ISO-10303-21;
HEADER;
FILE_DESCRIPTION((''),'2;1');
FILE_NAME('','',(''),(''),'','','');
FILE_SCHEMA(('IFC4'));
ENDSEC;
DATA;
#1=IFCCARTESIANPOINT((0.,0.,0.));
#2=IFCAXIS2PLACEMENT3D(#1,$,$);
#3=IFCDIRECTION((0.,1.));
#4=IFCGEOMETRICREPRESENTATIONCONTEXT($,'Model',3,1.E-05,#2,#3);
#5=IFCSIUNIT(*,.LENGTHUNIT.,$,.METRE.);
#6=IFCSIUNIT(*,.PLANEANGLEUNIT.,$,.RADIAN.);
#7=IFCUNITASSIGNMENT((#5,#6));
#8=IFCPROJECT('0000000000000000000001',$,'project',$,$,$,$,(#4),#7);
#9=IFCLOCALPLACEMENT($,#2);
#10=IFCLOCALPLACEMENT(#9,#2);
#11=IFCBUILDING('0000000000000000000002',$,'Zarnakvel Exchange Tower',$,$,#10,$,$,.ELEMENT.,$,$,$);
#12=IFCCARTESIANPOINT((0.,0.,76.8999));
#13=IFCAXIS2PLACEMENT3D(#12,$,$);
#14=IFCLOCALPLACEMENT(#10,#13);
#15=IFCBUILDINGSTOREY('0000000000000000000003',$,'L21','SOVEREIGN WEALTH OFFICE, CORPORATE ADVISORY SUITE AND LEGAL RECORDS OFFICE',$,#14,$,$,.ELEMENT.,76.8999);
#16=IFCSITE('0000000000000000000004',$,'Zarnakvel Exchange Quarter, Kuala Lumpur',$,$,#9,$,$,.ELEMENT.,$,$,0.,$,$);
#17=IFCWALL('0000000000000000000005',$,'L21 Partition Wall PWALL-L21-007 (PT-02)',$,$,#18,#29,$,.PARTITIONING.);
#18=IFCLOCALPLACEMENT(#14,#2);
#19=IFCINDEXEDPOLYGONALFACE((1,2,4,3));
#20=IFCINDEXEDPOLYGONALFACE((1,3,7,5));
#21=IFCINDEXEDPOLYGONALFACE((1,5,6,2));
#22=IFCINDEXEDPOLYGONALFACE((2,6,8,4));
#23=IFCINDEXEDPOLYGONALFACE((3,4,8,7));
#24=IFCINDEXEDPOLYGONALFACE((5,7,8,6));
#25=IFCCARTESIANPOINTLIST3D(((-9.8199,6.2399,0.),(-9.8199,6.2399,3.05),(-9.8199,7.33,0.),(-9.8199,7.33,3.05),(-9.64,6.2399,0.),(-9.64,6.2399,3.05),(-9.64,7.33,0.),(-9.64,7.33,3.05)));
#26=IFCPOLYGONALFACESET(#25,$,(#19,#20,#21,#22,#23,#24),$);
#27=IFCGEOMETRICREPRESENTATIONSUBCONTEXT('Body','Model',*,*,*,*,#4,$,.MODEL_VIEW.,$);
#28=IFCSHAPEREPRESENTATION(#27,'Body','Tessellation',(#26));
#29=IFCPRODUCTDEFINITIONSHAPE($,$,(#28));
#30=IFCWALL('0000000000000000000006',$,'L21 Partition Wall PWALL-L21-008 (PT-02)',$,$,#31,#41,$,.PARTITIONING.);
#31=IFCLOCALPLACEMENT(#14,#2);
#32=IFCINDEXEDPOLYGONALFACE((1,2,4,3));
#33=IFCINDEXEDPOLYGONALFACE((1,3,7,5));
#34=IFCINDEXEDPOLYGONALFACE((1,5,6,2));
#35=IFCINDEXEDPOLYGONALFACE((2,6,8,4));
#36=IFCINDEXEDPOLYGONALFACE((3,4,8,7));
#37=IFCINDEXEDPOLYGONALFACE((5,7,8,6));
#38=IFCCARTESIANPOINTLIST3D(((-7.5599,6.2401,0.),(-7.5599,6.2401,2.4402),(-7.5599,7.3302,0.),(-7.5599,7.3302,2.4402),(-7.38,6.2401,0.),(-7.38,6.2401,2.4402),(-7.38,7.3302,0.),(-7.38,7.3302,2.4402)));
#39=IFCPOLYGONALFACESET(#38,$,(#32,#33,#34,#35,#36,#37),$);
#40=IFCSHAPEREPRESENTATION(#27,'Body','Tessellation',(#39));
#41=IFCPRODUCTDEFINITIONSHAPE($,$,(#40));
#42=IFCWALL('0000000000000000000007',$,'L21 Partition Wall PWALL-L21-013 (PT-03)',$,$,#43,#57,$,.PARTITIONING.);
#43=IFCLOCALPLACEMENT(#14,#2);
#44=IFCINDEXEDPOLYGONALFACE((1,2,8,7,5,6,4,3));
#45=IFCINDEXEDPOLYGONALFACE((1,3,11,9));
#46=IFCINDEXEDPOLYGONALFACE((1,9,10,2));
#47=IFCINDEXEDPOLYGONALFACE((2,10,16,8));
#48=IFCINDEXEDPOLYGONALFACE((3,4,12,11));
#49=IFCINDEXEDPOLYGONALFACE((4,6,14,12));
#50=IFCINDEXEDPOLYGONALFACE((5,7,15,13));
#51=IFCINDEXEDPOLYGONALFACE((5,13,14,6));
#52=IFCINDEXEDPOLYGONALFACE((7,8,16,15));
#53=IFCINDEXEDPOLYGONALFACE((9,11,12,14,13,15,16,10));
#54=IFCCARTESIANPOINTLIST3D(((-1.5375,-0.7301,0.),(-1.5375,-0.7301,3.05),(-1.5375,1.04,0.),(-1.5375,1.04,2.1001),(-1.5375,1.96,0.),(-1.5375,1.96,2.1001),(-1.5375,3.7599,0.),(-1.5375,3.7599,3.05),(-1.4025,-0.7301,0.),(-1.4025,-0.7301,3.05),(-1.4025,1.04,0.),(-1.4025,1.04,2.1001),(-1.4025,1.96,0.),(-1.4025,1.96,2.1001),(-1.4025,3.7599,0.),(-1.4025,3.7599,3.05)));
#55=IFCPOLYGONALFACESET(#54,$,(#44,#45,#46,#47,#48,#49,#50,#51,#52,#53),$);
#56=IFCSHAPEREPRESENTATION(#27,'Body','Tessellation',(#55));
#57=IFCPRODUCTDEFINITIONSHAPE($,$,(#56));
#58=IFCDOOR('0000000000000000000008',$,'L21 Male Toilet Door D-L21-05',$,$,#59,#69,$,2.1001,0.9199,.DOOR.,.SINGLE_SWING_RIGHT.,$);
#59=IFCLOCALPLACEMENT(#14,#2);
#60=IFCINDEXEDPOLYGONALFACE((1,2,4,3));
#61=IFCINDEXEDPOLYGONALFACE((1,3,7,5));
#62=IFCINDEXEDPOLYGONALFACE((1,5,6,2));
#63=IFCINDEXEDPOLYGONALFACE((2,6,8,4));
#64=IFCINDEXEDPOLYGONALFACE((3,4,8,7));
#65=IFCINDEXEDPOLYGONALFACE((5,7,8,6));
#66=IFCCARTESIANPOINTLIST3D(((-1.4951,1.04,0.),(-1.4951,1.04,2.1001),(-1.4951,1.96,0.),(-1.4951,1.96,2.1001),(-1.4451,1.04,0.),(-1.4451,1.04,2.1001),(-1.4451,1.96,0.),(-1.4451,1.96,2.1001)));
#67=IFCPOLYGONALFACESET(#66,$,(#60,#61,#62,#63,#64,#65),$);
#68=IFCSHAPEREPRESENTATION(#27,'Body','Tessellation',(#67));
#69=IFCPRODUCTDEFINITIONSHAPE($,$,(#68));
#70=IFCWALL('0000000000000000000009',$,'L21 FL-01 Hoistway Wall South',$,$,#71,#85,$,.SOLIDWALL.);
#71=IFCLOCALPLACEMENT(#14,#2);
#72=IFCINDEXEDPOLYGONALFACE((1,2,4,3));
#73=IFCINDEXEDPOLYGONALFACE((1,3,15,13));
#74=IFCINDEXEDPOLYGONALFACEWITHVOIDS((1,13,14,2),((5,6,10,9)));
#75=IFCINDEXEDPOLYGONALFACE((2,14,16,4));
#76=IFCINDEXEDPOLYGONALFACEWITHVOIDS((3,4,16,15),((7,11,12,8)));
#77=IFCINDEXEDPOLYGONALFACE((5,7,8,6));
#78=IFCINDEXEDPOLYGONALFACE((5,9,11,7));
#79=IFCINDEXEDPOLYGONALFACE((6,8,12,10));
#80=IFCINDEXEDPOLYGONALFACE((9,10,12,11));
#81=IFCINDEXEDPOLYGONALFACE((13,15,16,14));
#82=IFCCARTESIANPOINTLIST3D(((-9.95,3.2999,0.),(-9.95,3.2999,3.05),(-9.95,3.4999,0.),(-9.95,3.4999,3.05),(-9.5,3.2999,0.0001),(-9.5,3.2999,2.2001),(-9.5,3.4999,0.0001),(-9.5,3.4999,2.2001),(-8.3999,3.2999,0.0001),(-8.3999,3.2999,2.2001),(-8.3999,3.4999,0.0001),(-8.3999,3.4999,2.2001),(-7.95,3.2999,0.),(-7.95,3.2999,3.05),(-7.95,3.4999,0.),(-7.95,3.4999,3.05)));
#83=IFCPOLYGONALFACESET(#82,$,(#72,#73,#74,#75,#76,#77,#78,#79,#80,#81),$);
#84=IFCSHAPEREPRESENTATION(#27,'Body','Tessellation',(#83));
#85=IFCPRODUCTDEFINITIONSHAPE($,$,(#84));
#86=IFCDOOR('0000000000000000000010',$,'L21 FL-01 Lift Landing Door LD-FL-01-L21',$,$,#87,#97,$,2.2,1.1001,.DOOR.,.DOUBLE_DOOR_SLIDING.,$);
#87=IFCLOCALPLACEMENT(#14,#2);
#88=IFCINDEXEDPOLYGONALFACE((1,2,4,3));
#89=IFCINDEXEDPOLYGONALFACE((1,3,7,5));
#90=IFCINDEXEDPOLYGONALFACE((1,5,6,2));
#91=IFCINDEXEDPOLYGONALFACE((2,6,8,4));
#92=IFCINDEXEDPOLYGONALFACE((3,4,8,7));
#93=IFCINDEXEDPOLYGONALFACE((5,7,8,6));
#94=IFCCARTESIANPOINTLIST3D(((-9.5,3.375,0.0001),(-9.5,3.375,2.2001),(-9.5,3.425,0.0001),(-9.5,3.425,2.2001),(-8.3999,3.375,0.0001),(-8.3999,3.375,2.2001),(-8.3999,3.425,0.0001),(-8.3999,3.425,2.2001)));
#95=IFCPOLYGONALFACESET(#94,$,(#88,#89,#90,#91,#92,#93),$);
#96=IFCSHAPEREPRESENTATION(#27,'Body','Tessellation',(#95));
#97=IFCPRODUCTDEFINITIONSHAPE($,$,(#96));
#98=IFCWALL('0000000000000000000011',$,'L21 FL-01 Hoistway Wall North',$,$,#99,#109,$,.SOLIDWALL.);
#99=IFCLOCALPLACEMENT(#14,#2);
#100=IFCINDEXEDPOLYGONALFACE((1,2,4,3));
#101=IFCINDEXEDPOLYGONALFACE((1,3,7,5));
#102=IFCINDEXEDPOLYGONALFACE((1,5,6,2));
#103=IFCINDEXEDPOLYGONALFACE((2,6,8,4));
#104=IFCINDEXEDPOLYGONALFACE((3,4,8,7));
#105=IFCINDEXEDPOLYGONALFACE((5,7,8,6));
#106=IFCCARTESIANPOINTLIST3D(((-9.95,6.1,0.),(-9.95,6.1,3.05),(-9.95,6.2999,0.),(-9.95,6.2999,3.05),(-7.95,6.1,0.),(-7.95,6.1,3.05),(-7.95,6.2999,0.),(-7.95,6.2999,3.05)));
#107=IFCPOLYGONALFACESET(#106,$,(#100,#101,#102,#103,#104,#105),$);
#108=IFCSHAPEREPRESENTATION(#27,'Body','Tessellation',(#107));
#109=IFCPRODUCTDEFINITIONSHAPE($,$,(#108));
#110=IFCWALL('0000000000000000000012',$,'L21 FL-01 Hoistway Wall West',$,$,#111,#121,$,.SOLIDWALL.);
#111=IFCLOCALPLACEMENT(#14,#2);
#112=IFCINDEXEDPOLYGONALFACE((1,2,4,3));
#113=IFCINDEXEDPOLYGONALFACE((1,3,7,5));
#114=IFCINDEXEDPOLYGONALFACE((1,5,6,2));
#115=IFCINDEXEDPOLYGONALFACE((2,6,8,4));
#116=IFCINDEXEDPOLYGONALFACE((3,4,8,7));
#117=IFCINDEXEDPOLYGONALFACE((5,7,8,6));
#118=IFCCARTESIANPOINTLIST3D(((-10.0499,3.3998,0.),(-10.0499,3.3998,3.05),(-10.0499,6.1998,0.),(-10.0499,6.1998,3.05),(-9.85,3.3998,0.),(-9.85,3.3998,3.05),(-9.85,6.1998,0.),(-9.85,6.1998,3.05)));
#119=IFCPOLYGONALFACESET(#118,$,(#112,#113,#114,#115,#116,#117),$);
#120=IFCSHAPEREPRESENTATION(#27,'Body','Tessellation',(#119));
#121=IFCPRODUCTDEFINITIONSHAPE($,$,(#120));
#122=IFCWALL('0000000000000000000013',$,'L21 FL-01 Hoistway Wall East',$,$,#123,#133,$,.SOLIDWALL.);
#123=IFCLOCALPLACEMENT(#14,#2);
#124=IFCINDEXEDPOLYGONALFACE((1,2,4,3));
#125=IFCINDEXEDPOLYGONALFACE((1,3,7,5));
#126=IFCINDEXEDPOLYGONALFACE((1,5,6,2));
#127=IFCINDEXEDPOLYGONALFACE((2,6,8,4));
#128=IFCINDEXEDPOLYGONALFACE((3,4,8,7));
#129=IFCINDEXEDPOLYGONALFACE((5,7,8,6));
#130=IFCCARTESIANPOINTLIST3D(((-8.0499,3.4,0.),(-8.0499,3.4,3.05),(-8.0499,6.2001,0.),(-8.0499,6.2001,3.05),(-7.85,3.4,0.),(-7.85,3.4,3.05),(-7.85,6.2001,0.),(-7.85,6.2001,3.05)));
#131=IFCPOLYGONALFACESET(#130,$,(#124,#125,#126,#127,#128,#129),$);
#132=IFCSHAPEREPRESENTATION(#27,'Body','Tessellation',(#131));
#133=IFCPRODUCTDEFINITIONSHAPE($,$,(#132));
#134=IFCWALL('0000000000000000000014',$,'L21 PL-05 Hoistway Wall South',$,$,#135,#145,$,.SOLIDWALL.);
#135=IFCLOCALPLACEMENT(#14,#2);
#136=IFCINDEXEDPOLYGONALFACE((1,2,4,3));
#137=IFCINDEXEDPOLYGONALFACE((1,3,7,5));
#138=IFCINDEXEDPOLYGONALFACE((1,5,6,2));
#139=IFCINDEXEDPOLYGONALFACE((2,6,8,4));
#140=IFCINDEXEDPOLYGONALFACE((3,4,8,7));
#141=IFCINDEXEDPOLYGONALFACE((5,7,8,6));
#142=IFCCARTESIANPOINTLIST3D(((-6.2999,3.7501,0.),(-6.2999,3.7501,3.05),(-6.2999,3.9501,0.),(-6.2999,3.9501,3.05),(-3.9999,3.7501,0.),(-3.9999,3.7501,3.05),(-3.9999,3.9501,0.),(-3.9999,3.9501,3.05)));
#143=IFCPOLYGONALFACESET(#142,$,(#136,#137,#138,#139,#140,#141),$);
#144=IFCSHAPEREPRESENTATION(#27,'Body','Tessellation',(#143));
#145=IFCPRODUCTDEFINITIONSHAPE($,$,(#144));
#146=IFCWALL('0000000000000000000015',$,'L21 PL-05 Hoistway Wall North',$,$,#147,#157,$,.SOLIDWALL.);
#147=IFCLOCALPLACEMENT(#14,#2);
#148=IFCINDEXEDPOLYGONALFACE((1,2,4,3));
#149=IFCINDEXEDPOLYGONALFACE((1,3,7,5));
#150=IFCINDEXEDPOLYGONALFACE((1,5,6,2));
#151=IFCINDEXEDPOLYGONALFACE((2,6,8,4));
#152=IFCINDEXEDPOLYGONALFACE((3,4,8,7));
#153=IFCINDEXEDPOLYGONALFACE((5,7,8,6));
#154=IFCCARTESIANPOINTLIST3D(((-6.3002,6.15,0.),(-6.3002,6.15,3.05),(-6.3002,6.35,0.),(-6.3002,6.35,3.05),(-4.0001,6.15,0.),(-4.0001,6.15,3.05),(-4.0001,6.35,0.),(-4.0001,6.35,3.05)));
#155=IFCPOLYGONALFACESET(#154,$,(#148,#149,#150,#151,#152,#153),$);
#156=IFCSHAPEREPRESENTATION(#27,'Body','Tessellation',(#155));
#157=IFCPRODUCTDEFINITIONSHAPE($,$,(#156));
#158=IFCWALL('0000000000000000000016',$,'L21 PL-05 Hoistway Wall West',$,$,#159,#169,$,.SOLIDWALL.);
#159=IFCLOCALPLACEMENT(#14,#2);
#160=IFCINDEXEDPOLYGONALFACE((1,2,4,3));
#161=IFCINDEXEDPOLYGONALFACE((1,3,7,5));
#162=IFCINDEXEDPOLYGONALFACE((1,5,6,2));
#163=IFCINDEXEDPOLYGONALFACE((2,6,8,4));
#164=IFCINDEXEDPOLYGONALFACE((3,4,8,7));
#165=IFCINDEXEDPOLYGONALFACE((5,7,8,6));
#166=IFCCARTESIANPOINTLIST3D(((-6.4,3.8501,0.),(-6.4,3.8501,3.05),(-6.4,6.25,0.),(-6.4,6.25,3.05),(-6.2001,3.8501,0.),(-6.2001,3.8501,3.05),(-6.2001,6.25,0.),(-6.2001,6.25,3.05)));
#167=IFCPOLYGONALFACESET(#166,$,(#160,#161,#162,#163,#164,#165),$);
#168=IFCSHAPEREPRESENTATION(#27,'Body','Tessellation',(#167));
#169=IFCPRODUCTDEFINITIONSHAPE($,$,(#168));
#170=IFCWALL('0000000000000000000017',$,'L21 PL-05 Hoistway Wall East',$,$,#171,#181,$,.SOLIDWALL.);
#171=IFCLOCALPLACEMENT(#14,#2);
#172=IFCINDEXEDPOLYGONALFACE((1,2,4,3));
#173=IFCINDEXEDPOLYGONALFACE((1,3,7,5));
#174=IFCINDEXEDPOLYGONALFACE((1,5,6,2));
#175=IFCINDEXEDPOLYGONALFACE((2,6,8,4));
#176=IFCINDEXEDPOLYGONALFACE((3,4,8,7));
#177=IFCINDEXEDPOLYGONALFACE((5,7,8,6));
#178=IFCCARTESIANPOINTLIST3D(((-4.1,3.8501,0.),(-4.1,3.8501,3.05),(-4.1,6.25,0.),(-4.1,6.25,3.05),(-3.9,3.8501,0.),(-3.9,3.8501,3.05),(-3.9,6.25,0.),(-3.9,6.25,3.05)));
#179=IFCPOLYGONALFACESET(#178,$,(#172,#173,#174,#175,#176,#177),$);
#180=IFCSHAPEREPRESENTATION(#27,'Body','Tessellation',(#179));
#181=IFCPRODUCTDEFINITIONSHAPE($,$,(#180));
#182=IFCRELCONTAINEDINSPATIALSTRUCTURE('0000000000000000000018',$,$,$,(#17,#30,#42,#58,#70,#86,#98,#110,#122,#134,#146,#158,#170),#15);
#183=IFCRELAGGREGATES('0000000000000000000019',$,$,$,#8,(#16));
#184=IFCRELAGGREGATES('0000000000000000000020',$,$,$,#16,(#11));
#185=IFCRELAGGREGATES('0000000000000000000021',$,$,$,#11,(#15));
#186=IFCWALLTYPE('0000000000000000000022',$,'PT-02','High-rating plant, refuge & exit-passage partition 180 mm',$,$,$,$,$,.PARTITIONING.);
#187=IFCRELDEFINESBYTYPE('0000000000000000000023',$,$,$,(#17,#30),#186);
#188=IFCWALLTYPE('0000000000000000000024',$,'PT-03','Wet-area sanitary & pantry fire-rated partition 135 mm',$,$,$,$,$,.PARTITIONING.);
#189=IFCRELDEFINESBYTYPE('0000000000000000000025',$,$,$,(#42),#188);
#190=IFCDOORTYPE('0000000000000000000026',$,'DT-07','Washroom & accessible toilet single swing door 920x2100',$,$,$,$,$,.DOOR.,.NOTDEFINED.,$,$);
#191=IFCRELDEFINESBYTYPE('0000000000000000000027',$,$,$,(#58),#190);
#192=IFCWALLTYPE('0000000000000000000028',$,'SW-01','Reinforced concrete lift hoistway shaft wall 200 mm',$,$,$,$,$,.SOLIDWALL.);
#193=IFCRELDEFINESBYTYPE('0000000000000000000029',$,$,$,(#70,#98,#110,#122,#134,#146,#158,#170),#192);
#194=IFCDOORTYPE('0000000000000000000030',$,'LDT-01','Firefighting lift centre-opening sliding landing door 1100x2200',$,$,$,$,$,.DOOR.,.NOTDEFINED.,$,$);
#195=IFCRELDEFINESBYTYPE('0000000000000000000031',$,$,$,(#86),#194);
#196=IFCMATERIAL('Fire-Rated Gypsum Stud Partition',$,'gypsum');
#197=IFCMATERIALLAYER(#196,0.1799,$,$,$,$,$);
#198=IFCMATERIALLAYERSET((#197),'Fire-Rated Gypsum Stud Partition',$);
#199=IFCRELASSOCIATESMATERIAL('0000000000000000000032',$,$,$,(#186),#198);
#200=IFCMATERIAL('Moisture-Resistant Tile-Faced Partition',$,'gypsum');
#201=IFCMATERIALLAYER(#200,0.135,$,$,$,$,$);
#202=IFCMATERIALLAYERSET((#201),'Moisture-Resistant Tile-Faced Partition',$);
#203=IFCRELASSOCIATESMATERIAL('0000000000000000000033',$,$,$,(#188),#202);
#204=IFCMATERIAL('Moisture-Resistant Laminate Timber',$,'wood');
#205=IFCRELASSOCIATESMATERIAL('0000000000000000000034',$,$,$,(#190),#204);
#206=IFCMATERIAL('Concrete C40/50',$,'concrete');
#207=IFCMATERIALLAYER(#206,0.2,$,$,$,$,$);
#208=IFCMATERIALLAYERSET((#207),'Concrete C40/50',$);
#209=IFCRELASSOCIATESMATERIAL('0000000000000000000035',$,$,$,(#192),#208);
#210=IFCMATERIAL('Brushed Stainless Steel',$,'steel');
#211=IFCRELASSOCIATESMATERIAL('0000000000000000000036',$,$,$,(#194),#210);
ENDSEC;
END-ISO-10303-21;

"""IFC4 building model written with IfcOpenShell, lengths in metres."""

from ifc_helpers import new_model, si_unit, direction, frame, frame_2d, origin, place, context, subcontext, project, spatial, rectangle, extrude, source, transform, mapped, material, layer, layer_set, type_object, element, fill, save


model = new_model("IFC4")

# Units and contexts
model_context = context("Model", 3, precision=1e-05, world=origin(), true_north=direction((0.0, 1.0)))
body_context = subcontext(model_context, "Body", "Model", "MODEL_VIEW")
ifc_project = project(units=[si_unit("LENGTHUNIT", "METRE"), si_unit("PLANEANGLEUNIT", "RADIAN")], contexts=[model_context])

# Site, building, storey
site_placement = place(None, origin())
site = spatial("IfcSite", under=ifc_project, at=site_placement, Name="Zarnakvel Exchange Quarter, Kuala Lumpur", CompositionType="ELEMENT", RefElevation=0.0)
building_placement = place(site_placement, origin())
building = spatial("IfcBuilding", under=site, at=building_placement, Name="Zarnakvel Exchange Tower", CompositionType="ELEMENT")
storey_placement = place(building_placement, frame((0.0, 0.0, 76.8999)))
storey = spatial("IfcBuildingStorey", under=building, at=storey_placement, Name="L21", Description="SOVEREIGN WEALTH OFFICE, CORPORATE ADVISORY SUITE AND LEGAL RECORDS OFFICE", CompositionType="ELEMENT", Elevation=76.8999)

# Walls
ifc_material_1 = material(Name="Fire-Rated Gypsum Stud Partition", Category="gypsum")
ifc_layer_1 = layer(ifc_material_1, 0.1799)
ifc_layer_set_1 = layer_set([ifc_layer_1], Name="Fire-Rated Gypsum Stud Partition")
wall_type_1 = type_object("IfcWallType", Name="PT-02", Description="High-rating plant, refuge & exit-passage partition 180 mm", PredefinedType="PARTITIONING", material=ifc_layer_set_1)
wall_1_placement = place(storey_placement, frame((-9.73, 6.24, 0.0), z_axis=(0.0, 0.0, 1.0), x_axis=(0.0, 1.0, 0.0)))
element("IfcWall", 1, at=wall_1_placement, inside=storey, type_object=wall_type_1, Name="L21 Partition Wall PWALL-L21-007 (PT-02)", PredefinedType="PARTITIONING", context=body_context, shape_type="SweptSolid", body=[
    extrude(rectangle(XDim=1.0901, YDim=0.1799, at=frame_2d((0.5449, 0.0))), origin(), (0.0, 0.0, 1.0), 3.05),
])
wall_2_placement = place(storey_placement, frame((-7.47, 7.3301, 0.0), z_axis=(0.0, 0.0, 1.0), x_axis=(0.0, -1.0, 0.0)))
element("IfcWall", 2, at=wall_2_placement, inside=storey, type_object=wall_type_1, Name="L21 Partition Wall PWALL-L21-008 (PT-02)", PredefinedType="PARTITIONING", context=body_context, shape_type="SweptSolid", body=[
    extrude(rectangle(XDim=1.0901, YDim=0.1799, at=frame_2d((0.5449, 0.0))), origin(), (0.0, 0.0, 1.0), 2.4402),
])

# Walls, openings, doors
ifc_material_2 = material(Name="Moisture-Resistant Tile-Faced Partition", Category="gypsum")
ifc_layer_2 = layer(ifc_material_2, 0.135)
ifc_layer_set_2 = layer_set([ifc_layer_2], Name="Moisture-Resistant Tile-Faced Partition")
wall_type_2 = type_object("IfcWallType", Name="PT-03", Description="Wet-area sanitary & pantry fire-rated partition 135 mm", PredefinedType="PARTITIONING", material=ifc_layer_set_2)
wall_3_placement = place(storey_placement, frame((-1.47, 3.76, 0.0), z_axis=(0.0, 0.0, 1.0), x_axis=(0.0, -1.0, 0.0)))
wall_3 = element("IfcWall", 3, at=wall_3_placement, inside=storey, type_object=wall_type_2, Name="L21 Partition Wall PWALL-L21-013 (PT-03)", PredefinedType="PARTITIONING", context=body_context, shape_type="SweptSolid", body=[
    extrude(rectangle(XDim=4.49, YDim=0.135, at=frame_2d((2.2451, 0.0))), origin(), (0.0, 0.0, 1.0), 3.05),
])
opening_1_placement = place(wall_3_placement, frame((1.8, 0.0, 0.0)))
opening_1 = element("IfcOpeningElement", 4, at=opening_1_placement, cuts=wall_3, PredefinedType="OPENING", context=body_context, shape_type="SweptSolid", body=[
    extrude(rectangle(XDim=0.9199, YDim=2.1001, at=frame_2d((0.46, 1.05))), frame((0.0, 0.0774, 0.0), z_axis=(0.0, -1.0, 0.0), x_axis=(1.0, 0.0, 0.0)), (0.0, 0.0, 1.0), 0.155),
])
ifc_material_3 = material(Name="Moisture-Resistant Laminate Timber", Category="wood")
door_type_1 = type_object("IfcDoorType", Name="DT-07", Description="Washroom & accessible toilet single swing door 920x2100", OperationType="NOTDEFINED", PredefinedType="DOOR", material=ifc_material_3)
shared_shape_1 = source(origin(), body_context, "Body", "SweptSolid", [
    extrude(rectangle(XDim=0.9199, YDim=2.1001, at=frame_2d((0.46, 1.05))), frame((0.0, 0.0249, 0.0), z_axis=(0.0, -1.0, 0.0), x_axis=(1.0, 0.0, 0.0)), (0.0, 0.0, 1.0), 0.05),
])
door_1_placement = place(opening_1_placement, origin())
door_1 = element("IfcDoor", 5, at=door_1_placement, inside=storey, type_object=door_type_1, Name="L21 Male Toilet Door D-L21-05", OperationType="SINGLE_SWING_RIGHT", OverallHeight=2.1001, OverallWidth=0.9199, PredefinedType="DOOR", context=body_context, shape_type="MappedRepresentation", body=[
    mapped(shared_shape_1, transform((0.0, 0.0, 0.0), x_axis=(1.0, 0.0, 0.0), y_axis=(0.0, 1.0, 0.0), z_axis=(0.0, 0.0, 1.0), scale=1.0)),
])
fill(opening_1, door_1)
ifc_material_4 = material(Name="Concrete C40/50", Category="concrete")
ifc_layer_3 = layer(ifc_material_4, 0.2)
ifc_layer_set_3 = layer_set([ifc_layer_3], Name="Concrete C40/50")
wall_type_3 = type_object("IfcWallType", Name="SW-01", Description="Reinforced concrete lift hoistway shaft wall 200 mm", PredefinedType="SOLIDWALL", material=ifc_layer_set_3)
wall_4_placement = place(storey_placement, frame((-7.95, 3.3999, 0.0), z_axis=(0.0, 0.0, 1.0), x_axis=(-1.0, 0.0, 0.0)))
wall_4 = element("IfcWall", 6, at=wall_4_placement, inside=storey, type_object=wall_type_3, Name="L21 FL-01 Hoistway Wall South", PredefinedType="SOLIDWALL", context=body_context, shape_type="SweptSolid", body=[
    extrude(rectangle(XDim=2.0, YDim=0.2, at=frame_2d((1.0, 0.0))), origin(), (0.0, 0.0, 1.0), 3.05),
])
opening_2_placement = place(wall_4_placement, frame((0.45, 0.0, 0.0)))
opening_2 = element("IfcOpeningElement", 7, at=opening_2_placement, cuts=wall_4, PredefinedType="OPENING", context=body_context, shape_type="SweptSolid", body=[
    extrude(rectangle(XDim=1.1001, YDim=2.2, at=frame_2d((0.55, 1.1001))), frame((0.0, 0.1099, 0.0), z_axis=(0.0, -1.0, 0.0), x_axis=(1.0, 0.0, 0.0)), (0.0, 0.0, 1.0), 0.22),
])
ifc_material_5 = material(Name="Brushed Stainless Steel", Category="steel")
door_type_2 = type_object("IfcDoorType", Name="LDT-01", Description="Firefighting lift centre-opening sliding landing door 1100x2200", OperationType="NOTDEFINED", PredefinedType="DOOR", material=ifc_material_5)
shared_shape_2 = source(origin(), body_context, "Body", "SweptSolid", [
    extrude(rectangle(XDim=1.1001, YDim=2.2, at=frame_2d((0.55, 1.1001))), frame((0.0, 0.0249, 0.0), z_axis=(0.0, -1.0, 0.0), x_axis=(1.0, 0.0, 0.0)), (0.0, 0.0, 1.0), 0.05),
])
door_2_placement = place(opening_2_placement, origin())
door_2 = element("IfcDoor", 8, at=door_2_placement, inside=storey, type_object=door_type_2, Name="L21 FL-01 Lift Landing Door LD-FL-01-L21", OperationType="DOUBLE_DOOR_SLIDING", OverallHeight=2.2, OverallWidth=1.1001, PredefinedType="DOOR", context=body_context, shape_type="MappedRepresentation", body=[
    mapped(shared_shape_2, transform((0.0, 0.0, 0.0), x_axis=(1.0, 0.0, 0.0), y_axis=(0.0, 1.0, 0.0), z_axis=(0.0, 0.0, 1.0), scale=1.0)),
])
fill(opening_2, door_2)

# Walls
wall_5_placement = place(storey_placement, frame((-9.95, 6.2, 0.0), z_axis=(0.0, 0.0, 1.0), x_axis=(1.0, 0.0, 0.0)))
element("IfcWall", 9, at=wall_5_placement, inside=storey, type_object=wall_type_3, Name="L21 FL-01 Hoistway Wall North", PredefinedType="SOLIDWALL", context=body_context, shape_type="SweptSolid", body=[
    extrude(rectangle(XDim=2.0, YDim=0.2, at=frame_2d((1.0, 0.0))), origin(), (0.0, 0.0, 1.0), 3.05),
])
for number, where, z_axis, x_axis, name in (
    (10, (-9.95, 3.3999, 0.0), (0.0, 0.0, 1.0), (0.0, 1.0, 0.0), "L21 FL-01 Hoistway Wall West"),
    (11, (-7.95, 6.2, 0.0), (0.0, 0.0, 1.0), (0.0, -1.0, 0.0), "L21 FL-01 Hoistway Wall East"),
):
    element("IfcWall", number, at=place(storey_placement, frame(where, z_axis=z_axis, x_axis=x_axis)), inside=storey, type_object=wall_type_3, Name=name, PredefinedType="SOLIDWALL", context=body_context, shape_type="SweptSolid", body=[
        extrude(rectangle(XDim=2.8, YDim=0.2, at=frame_2d((1.3999, 0.0))), origin(), (0.0, 0.0, 1.0), 3.05),
    ])
for number, where, z_axis, x_axis, name in (
    (12, (-4.0, 3.8501, 0.0), (0.0, 0.0, 1.0), (-1.0, 0.0, 0.0), "L21 PL-05 Hoistway Wall South"),
    (13, (-6.3, 6.25, 0.0), (0.0, 0.0, 1.0), (1.0, 0.0, 0.0), "L21 PL-05 Hoistway Wall North"),
):
    element("IfcWall", number, at=place(storey_placement, frame(where, z_axis=z_axis, x_axis=x_axis)), inside=storey, type_object=wall_type_3, Name=name, PredefinedType="SOLIDWALL", context=body_context, shape_type="SweptSolid", body=[
        extrude(rectangle(XDim=2.3, YDim=0.2, at=frame_2d((1.1499, 0.0))), origin(), (0.0, 0.0, 1.0), 3.05),
    ])
for number, where, z_axis, x_axis, name in (
    (14, (-6.3, 3.8501, 0.0), (0.0, 0.0, 1.0), (0.0, 1.0, 0.0), "L21 PL-05 Hoistway Wall West"),
    (15, (-4.0, 6.25, 0.0), (0.0, 0.0, 1.0), (0.0, -1.0, 0.0), "L21 PL-05 Hoistway Wall East"),
):
    element("IfcWall", number, at=place(storey_placement, frame(where, z_axis=z_axis, x_axis=x_axis)), inside=storey, type_object=wall_type_3, Name=name, PredefinedType="SOLIDWALL", context=body_context, shape_type="SweptSolid", body=[
        extrude(rectangle(XDim=2.3999, YDim=0.2, at=frame_2d((1.2, 0.0))), origin(), (0.0, 0.0, 1.0), 3.05),
    ])

save(model, "model.ifc")
